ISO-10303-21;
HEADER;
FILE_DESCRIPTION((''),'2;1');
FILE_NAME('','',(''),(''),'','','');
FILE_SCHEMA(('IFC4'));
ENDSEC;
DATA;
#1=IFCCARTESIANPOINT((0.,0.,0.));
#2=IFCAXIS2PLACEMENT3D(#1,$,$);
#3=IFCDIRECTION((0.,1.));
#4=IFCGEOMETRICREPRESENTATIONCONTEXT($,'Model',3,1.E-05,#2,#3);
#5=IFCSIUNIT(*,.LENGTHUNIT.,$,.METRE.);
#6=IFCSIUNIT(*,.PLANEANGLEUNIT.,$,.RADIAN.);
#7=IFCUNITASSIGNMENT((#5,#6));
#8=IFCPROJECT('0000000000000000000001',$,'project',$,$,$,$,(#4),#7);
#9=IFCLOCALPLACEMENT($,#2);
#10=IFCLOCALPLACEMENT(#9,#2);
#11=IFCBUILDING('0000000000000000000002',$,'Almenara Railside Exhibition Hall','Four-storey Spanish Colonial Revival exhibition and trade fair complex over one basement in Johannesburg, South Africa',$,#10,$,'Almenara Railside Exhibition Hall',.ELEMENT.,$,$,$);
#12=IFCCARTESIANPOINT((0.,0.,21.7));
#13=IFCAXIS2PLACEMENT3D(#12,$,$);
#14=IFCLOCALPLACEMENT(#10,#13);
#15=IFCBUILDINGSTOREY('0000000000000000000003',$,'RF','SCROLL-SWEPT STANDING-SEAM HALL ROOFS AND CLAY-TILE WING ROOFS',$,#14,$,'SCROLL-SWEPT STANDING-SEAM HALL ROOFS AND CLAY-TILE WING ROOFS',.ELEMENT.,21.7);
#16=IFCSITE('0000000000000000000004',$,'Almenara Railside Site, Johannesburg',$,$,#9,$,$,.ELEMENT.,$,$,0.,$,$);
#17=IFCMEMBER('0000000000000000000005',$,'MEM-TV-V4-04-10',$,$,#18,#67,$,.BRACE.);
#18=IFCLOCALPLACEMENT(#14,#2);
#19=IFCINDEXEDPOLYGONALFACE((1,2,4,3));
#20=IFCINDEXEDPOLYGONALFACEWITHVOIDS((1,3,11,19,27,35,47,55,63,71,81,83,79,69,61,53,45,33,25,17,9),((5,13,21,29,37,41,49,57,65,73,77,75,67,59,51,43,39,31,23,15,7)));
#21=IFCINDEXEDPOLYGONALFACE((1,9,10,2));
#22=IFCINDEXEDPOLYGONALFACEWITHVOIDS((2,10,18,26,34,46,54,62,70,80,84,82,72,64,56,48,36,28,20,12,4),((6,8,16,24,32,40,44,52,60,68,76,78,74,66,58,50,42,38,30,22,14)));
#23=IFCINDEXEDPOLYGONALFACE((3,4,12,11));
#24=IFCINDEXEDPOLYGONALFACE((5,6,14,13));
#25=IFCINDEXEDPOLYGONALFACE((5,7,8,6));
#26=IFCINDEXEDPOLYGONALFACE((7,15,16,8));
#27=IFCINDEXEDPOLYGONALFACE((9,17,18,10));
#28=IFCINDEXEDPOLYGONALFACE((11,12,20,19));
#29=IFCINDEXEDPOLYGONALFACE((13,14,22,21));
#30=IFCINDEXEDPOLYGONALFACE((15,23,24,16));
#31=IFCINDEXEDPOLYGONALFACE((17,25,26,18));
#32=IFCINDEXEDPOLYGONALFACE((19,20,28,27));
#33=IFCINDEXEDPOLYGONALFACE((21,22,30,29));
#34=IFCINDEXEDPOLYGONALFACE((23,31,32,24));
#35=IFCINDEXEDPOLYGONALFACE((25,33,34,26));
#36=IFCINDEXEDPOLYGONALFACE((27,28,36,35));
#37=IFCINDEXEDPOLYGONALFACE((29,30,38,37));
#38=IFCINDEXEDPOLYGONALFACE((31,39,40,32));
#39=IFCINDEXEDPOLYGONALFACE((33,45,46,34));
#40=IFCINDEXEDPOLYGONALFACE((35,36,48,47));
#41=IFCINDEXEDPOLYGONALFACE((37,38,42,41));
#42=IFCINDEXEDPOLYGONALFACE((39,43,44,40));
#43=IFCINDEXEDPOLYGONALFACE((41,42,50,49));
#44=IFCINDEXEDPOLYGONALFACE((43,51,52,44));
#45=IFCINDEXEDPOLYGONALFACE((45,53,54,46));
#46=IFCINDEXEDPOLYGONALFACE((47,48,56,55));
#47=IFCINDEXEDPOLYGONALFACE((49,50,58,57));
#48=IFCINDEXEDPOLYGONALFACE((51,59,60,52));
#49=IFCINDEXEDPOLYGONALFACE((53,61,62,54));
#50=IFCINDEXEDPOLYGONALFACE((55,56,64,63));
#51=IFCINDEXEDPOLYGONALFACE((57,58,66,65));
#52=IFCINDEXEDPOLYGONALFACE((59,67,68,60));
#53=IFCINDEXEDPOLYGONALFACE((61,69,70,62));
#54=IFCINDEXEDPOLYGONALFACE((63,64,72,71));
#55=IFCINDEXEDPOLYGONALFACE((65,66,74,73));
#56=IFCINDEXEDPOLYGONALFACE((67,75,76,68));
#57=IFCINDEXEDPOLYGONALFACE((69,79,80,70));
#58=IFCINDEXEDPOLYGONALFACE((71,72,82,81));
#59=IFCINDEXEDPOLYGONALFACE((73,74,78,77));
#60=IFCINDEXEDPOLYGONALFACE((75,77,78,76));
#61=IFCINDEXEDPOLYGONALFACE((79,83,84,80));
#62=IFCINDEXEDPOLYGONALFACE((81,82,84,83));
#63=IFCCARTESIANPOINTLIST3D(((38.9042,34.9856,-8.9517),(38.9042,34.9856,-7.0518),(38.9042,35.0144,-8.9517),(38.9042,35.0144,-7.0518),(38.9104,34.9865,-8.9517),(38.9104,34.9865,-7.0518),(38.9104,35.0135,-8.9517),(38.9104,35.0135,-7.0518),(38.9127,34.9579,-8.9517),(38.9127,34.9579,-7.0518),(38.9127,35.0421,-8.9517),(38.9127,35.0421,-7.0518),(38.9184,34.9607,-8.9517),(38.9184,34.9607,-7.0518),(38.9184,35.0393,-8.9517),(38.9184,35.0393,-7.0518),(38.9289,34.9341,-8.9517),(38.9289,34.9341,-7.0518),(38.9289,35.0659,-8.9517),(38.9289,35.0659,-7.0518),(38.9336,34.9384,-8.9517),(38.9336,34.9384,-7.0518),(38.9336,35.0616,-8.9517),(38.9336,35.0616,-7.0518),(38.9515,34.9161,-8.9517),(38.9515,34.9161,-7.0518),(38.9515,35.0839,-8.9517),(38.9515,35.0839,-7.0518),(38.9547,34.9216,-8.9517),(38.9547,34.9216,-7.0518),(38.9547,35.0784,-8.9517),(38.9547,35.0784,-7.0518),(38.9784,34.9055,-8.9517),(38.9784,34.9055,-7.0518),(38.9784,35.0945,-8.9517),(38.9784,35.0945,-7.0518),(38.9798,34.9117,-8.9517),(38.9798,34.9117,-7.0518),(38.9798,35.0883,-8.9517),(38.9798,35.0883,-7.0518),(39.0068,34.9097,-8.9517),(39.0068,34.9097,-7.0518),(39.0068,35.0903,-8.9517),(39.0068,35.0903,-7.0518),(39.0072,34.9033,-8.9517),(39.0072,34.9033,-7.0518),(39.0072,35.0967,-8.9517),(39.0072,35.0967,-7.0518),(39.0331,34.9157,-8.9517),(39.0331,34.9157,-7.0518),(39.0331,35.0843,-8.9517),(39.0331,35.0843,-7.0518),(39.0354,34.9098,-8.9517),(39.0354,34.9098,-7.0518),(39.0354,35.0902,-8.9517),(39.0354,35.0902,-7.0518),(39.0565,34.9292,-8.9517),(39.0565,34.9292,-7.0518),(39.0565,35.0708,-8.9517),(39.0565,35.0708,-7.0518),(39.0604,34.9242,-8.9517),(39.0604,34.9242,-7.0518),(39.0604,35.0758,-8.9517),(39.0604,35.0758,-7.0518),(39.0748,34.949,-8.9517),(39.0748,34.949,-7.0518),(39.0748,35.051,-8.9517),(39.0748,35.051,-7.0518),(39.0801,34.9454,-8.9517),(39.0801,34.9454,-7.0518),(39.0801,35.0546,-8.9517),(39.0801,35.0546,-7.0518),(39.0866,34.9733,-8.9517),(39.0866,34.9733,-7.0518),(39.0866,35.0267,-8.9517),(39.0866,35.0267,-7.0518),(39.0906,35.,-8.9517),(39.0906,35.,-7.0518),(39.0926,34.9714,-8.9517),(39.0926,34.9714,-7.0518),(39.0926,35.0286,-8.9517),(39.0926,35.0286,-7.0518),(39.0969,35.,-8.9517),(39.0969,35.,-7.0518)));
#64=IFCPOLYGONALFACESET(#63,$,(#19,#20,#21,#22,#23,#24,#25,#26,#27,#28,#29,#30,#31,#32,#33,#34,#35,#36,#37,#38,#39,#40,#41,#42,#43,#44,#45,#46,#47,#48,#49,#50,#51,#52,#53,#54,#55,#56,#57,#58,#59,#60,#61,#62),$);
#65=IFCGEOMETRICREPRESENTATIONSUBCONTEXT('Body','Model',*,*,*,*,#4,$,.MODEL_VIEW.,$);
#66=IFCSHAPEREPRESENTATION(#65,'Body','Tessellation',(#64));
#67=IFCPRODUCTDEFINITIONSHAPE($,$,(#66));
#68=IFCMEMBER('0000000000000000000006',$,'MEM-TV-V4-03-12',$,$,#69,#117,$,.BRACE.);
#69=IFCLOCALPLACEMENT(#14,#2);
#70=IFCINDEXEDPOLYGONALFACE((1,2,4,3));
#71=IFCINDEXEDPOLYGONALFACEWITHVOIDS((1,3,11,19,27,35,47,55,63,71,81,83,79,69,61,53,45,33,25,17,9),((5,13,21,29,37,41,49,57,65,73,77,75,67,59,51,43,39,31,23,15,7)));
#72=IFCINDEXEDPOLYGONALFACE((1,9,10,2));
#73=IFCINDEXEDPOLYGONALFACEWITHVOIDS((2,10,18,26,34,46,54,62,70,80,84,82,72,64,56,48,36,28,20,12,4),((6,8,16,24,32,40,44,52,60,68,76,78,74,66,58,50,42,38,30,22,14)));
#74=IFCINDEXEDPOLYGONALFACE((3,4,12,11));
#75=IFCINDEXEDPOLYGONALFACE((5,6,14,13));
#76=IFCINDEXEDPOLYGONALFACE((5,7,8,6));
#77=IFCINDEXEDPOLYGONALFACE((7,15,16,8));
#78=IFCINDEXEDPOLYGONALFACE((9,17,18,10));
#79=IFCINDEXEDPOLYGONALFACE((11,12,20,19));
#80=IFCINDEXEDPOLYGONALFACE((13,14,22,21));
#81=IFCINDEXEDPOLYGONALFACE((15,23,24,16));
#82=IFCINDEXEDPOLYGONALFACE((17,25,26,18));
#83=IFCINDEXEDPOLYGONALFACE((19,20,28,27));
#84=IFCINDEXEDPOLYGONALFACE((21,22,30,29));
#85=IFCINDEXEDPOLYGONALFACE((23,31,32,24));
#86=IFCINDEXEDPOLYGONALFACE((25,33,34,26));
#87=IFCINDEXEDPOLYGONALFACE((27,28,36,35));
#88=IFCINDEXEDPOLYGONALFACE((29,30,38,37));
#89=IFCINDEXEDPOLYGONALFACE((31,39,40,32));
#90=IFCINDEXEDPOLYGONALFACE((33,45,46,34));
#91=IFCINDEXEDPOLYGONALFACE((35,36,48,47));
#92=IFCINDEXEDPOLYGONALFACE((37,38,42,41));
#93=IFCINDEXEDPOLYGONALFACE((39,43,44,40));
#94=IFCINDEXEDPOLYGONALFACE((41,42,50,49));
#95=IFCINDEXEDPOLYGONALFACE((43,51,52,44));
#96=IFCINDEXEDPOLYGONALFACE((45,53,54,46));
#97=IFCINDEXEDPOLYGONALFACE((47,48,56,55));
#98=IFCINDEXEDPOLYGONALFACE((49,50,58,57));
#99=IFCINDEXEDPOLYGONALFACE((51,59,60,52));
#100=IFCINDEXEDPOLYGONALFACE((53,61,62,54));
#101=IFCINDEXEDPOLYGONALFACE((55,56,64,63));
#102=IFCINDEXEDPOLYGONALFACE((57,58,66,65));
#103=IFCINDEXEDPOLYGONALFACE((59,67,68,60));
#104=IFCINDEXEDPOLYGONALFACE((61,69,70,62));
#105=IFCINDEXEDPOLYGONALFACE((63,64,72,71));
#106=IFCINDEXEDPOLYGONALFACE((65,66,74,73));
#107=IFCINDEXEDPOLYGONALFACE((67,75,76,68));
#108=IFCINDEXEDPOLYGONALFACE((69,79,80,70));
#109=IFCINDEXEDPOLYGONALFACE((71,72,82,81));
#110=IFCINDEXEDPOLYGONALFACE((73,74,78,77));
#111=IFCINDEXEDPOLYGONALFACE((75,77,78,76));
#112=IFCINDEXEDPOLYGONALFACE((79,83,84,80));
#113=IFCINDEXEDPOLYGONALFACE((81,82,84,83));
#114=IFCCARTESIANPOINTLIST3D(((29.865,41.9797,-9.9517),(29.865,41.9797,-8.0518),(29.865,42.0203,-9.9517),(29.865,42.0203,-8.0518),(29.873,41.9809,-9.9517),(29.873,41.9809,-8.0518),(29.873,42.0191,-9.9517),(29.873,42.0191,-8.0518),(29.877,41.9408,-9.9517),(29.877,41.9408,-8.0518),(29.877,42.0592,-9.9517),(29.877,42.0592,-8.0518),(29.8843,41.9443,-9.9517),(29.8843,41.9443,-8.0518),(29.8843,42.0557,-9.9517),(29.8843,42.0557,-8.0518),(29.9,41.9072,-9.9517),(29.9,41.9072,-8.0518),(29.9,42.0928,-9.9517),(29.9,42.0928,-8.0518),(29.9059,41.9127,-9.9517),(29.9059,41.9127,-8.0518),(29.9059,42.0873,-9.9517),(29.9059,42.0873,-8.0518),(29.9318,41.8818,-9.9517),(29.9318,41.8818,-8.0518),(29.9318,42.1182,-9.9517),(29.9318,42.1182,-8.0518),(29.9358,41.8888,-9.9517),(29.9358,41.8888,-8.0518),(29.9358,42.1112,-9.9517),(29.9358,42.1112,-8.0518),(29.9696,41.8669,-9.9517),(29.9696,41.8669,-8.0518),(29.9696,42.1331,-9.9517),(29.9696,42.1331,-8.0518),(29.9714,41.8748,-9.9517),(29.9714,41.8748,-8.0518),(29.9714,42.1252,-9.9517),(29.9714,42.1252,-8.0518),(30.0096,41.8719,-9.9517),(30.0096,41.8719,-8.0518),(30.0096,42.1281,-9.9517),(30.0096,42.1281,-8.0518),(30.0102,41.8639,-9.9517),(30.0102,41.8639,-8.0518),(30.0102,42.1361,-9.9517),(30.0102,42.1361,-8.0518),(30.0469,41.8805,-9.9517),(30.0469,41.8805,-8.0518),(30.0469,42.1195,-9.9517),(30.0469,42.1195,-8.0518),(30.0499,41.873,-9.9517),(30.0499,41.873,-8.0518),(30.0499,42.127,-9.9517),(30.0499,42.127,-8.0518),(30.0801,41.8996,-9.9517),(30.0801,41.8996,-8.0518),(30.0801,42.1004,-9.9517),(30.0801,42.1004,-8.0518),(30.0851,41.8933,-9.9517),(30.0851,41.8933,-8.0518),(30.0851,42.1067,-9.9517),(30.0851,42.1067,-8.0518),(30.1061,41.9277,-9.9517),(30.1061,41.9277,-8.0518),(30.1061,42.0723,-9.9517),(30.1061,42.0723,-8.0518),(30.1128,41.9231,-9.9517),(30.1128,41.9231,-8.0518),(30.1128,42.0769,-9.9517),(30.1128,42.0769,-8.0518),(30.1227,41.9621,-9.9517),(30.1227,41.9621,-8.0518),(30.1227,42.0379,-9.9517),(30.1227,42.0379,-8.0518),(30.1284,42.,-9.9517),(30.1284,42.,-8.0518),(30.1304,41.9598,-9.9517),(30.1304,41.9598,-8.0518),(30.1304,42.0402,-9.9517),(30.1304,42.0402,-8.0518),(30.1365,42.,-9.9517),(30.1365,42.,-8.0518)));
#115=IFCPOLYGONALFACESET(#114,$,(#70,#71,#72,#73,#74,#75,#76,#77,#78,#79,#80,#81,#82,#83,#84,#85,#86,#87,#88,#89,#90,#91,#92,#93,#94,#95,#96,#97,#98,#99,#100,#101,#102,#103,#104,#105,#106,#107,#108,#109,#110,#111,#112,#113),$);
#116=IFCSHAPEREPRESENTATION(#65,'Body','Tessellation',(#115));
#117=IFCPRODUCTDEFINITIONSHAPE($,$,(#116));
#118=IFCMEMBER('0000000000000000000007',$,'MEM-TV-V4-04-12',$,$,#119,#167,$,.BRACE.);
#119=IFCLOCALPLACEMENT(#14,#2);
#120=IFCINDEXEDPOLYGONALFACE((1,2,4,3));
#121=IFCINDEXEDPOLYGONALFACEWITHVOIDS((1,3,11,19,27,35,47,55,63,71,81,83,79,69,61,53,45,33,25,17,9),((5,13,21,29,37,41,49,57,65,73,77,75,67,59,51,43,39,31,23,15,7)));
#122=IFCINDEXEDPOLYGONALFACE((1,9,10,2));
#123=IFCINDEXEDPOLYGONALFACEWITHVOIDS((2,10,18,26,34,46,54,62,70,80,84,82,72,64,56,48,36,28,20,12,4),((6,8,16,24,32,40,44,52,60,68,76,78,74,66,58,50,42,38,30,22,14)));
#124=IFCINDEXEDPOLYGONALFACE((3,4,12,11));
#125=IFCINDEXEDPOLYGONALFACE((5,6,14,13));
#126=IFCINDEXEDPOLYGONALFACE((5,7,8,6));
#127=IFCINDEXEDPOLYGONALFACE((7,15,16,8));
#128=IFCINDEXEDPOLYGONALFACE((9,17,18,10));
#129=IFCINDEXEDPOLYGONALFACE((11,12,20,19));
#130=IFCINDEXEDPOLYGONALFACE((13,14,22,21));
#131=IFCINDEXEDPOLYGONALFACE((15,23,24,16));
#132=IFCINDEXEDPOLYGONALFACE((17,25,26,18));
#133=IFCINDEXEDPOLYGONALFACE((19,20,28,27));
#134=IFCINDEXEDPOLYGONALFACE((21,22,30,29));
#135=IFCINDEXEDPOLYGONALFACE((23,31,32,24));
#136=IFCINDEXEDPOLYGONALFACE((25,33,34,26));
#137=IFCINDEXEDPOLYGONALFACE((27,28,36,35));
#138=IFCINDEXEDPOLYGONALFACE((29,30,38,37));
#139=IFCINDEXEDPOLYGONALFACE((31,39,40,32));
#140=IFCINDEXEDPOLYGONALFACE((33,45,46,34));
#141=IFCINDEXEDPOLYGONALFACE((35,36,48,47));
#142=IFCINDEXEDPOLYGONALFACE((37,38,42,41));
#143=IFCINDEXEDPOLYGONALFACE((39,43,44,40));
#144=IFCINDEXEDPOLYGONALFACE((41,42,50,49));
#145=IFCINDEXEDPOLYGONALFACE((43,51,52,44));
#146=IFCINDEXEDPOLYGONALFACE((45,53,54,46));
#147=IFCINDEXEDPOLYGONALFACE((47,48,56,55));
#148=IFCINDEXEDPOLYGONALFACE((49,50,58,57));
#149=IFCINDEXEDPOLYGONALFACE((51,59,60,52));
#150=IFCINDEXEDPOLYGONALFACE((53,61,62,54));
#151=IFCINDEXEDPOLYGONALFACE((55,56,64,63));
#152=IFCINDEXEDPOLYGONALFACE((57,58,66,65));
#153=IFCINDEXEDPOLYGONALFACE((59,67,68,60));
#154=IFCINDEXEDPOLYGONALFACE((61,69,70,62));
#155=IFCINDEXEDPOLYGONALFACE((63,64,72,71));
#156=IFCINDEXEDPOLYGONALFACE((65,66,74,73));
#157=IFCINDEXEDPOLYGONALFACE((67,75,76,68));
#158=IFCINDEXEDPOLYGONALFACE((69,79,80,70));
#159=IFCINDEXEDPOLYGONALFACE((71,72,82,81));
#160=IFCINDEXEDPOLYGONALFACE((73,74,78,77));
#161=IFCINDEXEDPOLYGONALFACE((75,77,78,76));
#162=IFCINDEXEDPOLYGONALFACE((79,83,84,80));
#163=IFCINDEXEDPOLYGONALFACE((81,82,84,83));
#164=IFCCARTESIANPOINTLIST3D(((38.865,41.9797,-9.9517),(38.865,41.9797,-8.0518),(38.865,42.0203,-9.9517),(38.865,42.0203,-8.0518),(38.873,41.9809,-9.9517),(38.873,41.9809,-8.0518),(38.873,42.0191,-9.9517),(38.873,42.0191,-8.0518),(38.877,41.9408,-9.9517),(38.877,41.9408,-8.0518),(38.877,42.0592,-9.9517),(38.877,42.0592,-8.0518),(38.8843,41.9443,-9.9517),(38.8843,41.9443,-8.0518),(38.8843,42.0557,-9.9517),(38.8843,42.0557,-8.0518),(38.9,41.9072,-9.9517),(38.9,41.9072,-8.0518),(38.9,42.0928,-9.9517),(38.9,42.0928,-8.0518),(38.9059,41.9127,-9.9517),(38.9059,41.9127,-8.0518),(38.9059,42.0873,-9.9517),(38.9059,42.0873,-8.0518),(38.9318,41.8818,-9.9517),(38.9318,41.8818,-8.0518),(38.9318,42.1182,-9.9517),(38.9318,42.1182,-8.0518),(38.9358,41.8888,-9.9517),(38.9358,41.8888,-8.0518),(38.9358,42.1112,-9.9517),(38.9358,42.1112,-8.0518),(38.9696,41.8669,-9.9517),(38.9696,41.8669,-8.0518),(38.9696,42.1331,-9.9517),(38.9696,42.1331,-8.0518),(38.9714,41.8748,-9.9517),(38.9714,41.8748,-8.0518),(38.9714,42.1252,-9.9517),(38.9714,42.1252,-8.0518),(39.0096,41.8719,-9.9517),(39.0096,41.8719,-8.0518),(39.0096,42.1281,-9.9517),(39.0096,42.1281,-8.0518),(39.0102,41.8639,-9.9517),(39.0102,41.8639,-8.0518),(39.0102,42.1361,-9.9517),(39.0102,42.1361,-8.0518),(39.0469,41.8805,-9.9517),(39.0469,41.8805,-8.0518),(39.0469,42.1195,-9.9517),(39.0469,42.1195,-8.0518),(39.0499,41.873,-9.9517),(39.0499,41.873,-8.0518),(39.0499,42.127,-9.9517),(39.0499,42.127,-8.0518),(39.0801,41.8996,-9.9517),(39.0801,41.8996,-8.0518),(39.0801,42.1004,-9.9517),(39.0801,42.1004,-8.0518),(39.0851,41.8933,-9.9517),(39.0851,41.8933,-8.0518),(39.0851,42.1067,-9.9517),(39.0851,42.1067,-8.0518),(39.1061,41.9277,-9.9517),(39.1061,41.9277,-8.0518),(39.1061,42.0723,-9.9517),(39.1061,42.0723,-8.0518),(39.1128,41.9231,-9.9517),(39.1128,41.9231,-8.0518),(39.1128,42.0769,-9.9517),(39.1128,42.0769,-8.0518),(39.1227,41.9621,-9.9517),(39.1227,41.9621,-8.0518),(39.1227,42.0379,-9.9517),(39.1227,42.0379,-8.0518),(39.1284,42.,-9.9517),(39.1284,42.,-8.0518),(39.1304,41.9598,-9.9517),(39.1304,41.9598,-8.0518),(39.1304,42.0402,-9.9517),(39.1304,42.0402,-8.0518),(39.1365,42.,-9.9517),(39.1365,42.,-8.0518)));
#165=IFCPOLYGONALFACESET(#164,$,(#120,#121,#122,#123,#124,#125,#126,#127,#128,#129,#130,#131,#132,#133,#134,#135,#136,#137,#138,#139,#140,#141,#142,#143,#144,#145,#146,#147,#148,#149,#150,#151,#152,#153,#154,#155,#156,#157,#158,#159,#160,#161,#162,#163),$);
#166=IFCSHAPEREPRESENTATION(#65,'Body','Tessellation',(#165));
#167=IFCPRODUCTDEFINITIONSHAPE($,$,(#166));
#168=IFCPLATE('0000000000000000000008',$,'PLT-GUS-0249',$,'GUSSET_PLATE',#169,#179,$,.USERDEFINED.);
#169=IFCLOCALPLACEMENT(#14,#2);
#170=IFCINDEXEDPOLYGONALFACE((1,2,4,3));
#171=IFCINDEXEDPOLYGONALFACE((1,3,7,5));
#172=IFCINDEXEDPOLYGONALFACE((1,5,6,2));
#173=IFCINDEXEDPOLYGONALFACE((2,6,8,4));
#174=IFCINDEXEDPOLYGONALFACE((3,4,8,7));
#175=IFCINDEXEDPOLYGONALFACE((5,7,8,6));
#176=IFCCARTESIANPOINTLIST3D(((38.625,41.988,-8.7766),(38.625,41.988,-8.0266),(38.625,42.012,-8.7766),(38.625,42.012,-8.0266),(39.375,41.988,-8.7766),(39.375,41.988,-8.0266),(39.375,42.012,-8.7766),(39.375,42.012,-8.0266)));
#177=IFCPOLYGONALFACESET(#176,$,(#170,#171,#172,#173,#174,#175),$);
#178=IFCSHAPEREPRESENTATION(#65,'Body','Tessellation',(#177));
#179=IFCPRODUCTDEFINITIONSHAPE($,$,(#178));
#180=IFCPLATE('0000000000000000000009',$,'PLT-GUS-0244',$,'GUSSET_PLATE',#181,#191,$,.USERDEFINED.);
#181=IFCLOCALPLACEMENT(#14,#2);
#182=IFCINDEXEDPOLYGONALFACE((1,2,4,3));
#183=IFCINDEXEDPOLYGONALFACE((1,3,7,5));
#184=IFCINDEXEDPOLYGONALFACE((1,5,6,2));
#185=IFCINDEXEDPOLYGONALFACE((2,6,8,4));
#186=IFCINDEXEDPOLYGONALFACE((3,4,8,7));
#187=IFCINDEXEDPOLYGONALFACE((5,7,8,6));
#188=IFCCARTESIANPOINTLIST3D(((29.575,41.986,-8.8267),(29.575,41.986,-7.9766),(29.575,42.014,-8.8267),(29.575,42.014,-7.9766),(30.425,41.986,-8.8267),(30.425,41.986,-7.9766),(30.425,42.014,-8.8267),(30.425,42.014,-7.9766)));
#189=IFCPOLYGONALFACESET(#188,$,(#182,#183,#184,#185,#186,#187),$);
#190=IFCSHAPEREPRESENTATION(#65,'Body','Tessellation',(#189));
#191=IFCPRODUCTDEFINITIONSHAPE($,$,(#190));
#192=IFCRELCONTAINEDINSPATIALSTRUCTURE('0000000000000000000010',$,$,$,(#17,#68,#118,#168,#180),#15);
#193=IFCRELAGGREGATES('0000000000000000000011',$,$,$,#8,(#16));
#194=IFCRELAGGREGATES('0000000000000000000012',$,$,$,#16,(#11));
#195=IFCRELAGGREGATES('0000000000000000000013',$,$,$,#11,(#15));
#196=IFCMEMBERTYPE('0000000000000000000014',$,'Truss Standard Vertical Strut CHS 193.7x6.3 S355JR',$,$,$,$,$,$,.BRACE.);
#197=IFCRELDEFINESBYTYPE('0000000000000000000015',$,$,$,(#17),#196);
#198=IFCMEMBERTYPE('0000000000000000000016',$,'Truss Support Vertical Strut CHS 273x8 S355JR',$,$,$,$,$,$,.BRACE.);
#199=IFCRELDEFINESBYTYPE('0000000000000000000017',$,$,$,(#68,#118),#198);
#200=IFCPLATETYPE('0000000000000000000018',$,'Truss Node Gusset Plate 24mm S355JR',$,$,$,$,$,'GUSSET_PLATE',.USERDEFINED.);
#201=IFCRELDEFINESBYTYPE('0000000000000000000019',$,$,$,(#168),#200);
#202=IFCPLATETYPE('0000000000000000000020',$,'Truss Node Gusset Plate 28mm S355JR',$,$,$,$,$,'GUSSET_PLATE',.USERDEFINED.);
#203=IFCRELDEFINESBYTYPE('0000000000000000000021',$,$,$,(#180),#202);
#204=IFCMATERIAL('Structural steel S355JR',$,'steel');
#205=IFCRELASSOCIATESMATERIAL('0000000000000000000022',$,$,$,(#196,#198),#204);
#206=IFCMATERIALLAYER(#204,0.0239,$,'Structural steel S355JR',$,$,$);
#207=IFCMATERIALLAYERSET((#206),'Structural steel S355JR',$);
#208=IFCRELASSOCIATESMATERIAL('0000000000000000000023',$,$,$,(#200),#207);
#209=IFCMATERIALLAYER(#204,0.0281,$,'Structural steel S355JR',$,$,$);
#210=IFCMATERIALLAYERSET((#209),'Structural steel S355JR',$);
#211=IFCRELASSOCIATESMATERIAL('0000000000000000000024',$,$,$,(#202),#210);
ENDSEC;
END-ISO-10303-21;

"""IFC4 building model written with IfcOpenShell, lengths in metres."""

from ifc_helpers import new_model, si_unit, direction, frame, origin, origin_2d, place, context, subcontext, project, spatial, rectangle, hollow_circle, extrude, material, layer, layer_set, material_profile, profile_set, type_object, element, save


model = new_model("IFC4")

# Units and contexts
model_context = context("Model", 3, precision=1e-05, world=origin(), true_north=direction((0.0, 1.0)))
body_context = subcontext(model_context, "Body", "Model", "MODEL_VIEW")
ifc_project = project(units=[si_unit("LENGTHUNIT", "METRE"), si_unit("PLANEANGLEUNIT", "RADIAN")], contexts=[model_context])

# Site, building, storey
site_placement = place(None, origin())
site = spatial("IfcSite", under=ifc_project, at=site_placement, Name="Almenara Railside Site, Johannesburg", CompositionType="ELEMENT", RefElevation=0.0)
building_placement = place(site_placement, origin())
building = spatial("IfcBuilding", under=site, at=building_placement, Name="Almenara Railside Exhibition Hall", Description="Four-storey Spanish Colonial Revival exhibition and trade fair complex over one basement in Johannesburg, South Africa", LongName="Almenara Railside Exhibition Hall", CompositionType="ELEMENT")
storey_placement = place(building_placement, frame((0.0, 0.0, 21.7)))
storey = spatial("IfcBuildingStorey", under=building, at=storey_placement, Name="RF", Description="SCROLL-SWEPT STANDING-SEAM HALL ROOFS AND CLAY-TILE WING ROOFS", LongName="SCROLL-SWEPT STANDING-SEAM HALL ROOFS AND CLAY-TILE WING ROOFS", CompositionType="ELEMENT", Elevation=21.7)

# Shared definitions
ifc_material = material(Name="Structural steel S355JR", Category="steel")

# Members
ifc_material_profile_1 = material_profile(ifc_material, hollow_circle(Radius=0.0969, WallThickness=0.0063, at=origin_2d()), Name="CHS 193.7x6.3")
ifc_profile_set_1 = profile_set([ifc_material_profile_1], Name="Structural steel S355JR")
member_type_1 = type_object("IfcMemberType", Name="Truss Standard Vertical Strut CHS 193.7x6.3 S355JR", PredefinedType="BRACE", material=ifc_profile_set_1)
for number, where, z_axis, x_axis, name in (
    (1, (39.0, 35.0, -8.9517), (0.0, 0.0, 1.0), (1.0, 0.0, 0.0), "MEM-TV-V4-04-10"),
):
    element("IfcMember", number, at=place(storey_placement, frame(where, z_axis=z_axis, x_axis=x_axis)), inside=storey, type_object=member_type_1, Name=name, PredefinedType="BRACE", context=body_context, shape_type="SweptSolid", body=[
        extrude(hollow_circle(Radius=0.0969, WallThickness=0.0063, at=origin_2d()), origin(), (0.0, 0.0, 1.0), 1.8999),
    ])
ifc_material_profile_2 = material_profile(ifc_material, hollow_circle(Radius=0.1365, WallThickness=0.0081, at=origin_2d()), Name="CHS 273x8")
ifc_profile_set_2 = profile_set([ifc_material_profile_2], Name="Structural steel S355JR")
member_type_2 = type_object("IfcMemberType", Name="Truss Support Vertical Strut CHS 273x8 S355JR", PredefinedType="BRACE", material=ifc_profile_set_2)
for number, where, z_axis, x_axis, name in (
    (2, (30.0, 42.0, -9.9517), (0.0, 0.0, 1.0), (1.0, 0.0, 0.0), "MEM-TV-V4-03-12"),
    (3, (39.0, 42.0, -9.9517), (0.0, 0.0, 1.0), (1.0, 0.0, 0.0), "MEM-TV-V4-04-12"),
):
    element("IfcMember", number, at=place(storey_placement, frame(where, z_axis=z_axis, x_axis=x_axis)), inside=storey, type_object=member_type_2, Name=name, PredefinedType="BRACE", context=body_context, shape_type="SweptSolid", body=[
        extrude(hollow_circle(Radius=0.1365, WallThickness=0.0081, at=origin_2d()), origin(), (0.0, 0.0, 1.0), 1.8999),
    ])

# Plates
ifc_layer_1 = layer(ifc_material, 0.0239, Name="Structural steel S355JR")
ifc_layer_set_1 = layer_set([ifc_layer_1], Name="Structural steel S355JR")
plate_type_1 = type_object("IfcPlateType", Name="Truss Node Gusset Plate 24mm S355JR", ElementType="GUSSET_PLATE", PredefinedType="USERDEFINED", material=ifc_layer_set_1)
plate_1_placement = place(storey_placement, frame((39.0, 42.0, -8.7766), z_axis=(0.0, 0.0, 1.0), x_axis=(1.0, 0.0, 0.0)))
element("IfcPlate", 4, at=plate_1_placement, inside=storey, type_object=plate_type_1, Name="PLT-GUS-0249", ObjectType="GUSSET_PLATE", PredefinedType="USERDEFINED", context=body_context, shape_type="SweptSolid", body=[
    extrude(rectangle(XDim=0.75, YDim=0.0239, at=origin_2d()), origin(), (0.0, 0.0, 1.0), 0.75),
])
ifc_layer_2 = layer(ifc_material, 0.0281, Name="Structural steel S355JR")
ifc_layer_set_2 = layer_set([ifc_layer_2], Name="Structural steel S355JR")
plate_type_2 = type_object("IfcPlateType", Name="Truss Node Gusset Plate 28mm S355JR", ElementType="GUSSET_PLATE", PredefinedType="USERDEFINED", material=ifc_layer_set_2)
plate_2_placement = place(storey_placement, frame((30.0, 42.0, -8.8267), z_axis=(0.0, 0.0, 1.0), x_axis=(1.0, 0.0, 0.0)))
element("IfcPlate", 5, at=plate_2_placement, inside=storey, type_object=plate_type_2, Name="PLT-GUS-0244", ObjectType="GUSSET_PLATE", PredefinedType="USERDEFINED", context=body_context, shape_type="SweptSolid", body=[
    extrude(rectangle(XDim=0.8501, YDim=0.0281, at=origin_2d()), origin(), (0.0, 0.0, 1.0), 0.8501),
])

save(model, "model.ifc")
